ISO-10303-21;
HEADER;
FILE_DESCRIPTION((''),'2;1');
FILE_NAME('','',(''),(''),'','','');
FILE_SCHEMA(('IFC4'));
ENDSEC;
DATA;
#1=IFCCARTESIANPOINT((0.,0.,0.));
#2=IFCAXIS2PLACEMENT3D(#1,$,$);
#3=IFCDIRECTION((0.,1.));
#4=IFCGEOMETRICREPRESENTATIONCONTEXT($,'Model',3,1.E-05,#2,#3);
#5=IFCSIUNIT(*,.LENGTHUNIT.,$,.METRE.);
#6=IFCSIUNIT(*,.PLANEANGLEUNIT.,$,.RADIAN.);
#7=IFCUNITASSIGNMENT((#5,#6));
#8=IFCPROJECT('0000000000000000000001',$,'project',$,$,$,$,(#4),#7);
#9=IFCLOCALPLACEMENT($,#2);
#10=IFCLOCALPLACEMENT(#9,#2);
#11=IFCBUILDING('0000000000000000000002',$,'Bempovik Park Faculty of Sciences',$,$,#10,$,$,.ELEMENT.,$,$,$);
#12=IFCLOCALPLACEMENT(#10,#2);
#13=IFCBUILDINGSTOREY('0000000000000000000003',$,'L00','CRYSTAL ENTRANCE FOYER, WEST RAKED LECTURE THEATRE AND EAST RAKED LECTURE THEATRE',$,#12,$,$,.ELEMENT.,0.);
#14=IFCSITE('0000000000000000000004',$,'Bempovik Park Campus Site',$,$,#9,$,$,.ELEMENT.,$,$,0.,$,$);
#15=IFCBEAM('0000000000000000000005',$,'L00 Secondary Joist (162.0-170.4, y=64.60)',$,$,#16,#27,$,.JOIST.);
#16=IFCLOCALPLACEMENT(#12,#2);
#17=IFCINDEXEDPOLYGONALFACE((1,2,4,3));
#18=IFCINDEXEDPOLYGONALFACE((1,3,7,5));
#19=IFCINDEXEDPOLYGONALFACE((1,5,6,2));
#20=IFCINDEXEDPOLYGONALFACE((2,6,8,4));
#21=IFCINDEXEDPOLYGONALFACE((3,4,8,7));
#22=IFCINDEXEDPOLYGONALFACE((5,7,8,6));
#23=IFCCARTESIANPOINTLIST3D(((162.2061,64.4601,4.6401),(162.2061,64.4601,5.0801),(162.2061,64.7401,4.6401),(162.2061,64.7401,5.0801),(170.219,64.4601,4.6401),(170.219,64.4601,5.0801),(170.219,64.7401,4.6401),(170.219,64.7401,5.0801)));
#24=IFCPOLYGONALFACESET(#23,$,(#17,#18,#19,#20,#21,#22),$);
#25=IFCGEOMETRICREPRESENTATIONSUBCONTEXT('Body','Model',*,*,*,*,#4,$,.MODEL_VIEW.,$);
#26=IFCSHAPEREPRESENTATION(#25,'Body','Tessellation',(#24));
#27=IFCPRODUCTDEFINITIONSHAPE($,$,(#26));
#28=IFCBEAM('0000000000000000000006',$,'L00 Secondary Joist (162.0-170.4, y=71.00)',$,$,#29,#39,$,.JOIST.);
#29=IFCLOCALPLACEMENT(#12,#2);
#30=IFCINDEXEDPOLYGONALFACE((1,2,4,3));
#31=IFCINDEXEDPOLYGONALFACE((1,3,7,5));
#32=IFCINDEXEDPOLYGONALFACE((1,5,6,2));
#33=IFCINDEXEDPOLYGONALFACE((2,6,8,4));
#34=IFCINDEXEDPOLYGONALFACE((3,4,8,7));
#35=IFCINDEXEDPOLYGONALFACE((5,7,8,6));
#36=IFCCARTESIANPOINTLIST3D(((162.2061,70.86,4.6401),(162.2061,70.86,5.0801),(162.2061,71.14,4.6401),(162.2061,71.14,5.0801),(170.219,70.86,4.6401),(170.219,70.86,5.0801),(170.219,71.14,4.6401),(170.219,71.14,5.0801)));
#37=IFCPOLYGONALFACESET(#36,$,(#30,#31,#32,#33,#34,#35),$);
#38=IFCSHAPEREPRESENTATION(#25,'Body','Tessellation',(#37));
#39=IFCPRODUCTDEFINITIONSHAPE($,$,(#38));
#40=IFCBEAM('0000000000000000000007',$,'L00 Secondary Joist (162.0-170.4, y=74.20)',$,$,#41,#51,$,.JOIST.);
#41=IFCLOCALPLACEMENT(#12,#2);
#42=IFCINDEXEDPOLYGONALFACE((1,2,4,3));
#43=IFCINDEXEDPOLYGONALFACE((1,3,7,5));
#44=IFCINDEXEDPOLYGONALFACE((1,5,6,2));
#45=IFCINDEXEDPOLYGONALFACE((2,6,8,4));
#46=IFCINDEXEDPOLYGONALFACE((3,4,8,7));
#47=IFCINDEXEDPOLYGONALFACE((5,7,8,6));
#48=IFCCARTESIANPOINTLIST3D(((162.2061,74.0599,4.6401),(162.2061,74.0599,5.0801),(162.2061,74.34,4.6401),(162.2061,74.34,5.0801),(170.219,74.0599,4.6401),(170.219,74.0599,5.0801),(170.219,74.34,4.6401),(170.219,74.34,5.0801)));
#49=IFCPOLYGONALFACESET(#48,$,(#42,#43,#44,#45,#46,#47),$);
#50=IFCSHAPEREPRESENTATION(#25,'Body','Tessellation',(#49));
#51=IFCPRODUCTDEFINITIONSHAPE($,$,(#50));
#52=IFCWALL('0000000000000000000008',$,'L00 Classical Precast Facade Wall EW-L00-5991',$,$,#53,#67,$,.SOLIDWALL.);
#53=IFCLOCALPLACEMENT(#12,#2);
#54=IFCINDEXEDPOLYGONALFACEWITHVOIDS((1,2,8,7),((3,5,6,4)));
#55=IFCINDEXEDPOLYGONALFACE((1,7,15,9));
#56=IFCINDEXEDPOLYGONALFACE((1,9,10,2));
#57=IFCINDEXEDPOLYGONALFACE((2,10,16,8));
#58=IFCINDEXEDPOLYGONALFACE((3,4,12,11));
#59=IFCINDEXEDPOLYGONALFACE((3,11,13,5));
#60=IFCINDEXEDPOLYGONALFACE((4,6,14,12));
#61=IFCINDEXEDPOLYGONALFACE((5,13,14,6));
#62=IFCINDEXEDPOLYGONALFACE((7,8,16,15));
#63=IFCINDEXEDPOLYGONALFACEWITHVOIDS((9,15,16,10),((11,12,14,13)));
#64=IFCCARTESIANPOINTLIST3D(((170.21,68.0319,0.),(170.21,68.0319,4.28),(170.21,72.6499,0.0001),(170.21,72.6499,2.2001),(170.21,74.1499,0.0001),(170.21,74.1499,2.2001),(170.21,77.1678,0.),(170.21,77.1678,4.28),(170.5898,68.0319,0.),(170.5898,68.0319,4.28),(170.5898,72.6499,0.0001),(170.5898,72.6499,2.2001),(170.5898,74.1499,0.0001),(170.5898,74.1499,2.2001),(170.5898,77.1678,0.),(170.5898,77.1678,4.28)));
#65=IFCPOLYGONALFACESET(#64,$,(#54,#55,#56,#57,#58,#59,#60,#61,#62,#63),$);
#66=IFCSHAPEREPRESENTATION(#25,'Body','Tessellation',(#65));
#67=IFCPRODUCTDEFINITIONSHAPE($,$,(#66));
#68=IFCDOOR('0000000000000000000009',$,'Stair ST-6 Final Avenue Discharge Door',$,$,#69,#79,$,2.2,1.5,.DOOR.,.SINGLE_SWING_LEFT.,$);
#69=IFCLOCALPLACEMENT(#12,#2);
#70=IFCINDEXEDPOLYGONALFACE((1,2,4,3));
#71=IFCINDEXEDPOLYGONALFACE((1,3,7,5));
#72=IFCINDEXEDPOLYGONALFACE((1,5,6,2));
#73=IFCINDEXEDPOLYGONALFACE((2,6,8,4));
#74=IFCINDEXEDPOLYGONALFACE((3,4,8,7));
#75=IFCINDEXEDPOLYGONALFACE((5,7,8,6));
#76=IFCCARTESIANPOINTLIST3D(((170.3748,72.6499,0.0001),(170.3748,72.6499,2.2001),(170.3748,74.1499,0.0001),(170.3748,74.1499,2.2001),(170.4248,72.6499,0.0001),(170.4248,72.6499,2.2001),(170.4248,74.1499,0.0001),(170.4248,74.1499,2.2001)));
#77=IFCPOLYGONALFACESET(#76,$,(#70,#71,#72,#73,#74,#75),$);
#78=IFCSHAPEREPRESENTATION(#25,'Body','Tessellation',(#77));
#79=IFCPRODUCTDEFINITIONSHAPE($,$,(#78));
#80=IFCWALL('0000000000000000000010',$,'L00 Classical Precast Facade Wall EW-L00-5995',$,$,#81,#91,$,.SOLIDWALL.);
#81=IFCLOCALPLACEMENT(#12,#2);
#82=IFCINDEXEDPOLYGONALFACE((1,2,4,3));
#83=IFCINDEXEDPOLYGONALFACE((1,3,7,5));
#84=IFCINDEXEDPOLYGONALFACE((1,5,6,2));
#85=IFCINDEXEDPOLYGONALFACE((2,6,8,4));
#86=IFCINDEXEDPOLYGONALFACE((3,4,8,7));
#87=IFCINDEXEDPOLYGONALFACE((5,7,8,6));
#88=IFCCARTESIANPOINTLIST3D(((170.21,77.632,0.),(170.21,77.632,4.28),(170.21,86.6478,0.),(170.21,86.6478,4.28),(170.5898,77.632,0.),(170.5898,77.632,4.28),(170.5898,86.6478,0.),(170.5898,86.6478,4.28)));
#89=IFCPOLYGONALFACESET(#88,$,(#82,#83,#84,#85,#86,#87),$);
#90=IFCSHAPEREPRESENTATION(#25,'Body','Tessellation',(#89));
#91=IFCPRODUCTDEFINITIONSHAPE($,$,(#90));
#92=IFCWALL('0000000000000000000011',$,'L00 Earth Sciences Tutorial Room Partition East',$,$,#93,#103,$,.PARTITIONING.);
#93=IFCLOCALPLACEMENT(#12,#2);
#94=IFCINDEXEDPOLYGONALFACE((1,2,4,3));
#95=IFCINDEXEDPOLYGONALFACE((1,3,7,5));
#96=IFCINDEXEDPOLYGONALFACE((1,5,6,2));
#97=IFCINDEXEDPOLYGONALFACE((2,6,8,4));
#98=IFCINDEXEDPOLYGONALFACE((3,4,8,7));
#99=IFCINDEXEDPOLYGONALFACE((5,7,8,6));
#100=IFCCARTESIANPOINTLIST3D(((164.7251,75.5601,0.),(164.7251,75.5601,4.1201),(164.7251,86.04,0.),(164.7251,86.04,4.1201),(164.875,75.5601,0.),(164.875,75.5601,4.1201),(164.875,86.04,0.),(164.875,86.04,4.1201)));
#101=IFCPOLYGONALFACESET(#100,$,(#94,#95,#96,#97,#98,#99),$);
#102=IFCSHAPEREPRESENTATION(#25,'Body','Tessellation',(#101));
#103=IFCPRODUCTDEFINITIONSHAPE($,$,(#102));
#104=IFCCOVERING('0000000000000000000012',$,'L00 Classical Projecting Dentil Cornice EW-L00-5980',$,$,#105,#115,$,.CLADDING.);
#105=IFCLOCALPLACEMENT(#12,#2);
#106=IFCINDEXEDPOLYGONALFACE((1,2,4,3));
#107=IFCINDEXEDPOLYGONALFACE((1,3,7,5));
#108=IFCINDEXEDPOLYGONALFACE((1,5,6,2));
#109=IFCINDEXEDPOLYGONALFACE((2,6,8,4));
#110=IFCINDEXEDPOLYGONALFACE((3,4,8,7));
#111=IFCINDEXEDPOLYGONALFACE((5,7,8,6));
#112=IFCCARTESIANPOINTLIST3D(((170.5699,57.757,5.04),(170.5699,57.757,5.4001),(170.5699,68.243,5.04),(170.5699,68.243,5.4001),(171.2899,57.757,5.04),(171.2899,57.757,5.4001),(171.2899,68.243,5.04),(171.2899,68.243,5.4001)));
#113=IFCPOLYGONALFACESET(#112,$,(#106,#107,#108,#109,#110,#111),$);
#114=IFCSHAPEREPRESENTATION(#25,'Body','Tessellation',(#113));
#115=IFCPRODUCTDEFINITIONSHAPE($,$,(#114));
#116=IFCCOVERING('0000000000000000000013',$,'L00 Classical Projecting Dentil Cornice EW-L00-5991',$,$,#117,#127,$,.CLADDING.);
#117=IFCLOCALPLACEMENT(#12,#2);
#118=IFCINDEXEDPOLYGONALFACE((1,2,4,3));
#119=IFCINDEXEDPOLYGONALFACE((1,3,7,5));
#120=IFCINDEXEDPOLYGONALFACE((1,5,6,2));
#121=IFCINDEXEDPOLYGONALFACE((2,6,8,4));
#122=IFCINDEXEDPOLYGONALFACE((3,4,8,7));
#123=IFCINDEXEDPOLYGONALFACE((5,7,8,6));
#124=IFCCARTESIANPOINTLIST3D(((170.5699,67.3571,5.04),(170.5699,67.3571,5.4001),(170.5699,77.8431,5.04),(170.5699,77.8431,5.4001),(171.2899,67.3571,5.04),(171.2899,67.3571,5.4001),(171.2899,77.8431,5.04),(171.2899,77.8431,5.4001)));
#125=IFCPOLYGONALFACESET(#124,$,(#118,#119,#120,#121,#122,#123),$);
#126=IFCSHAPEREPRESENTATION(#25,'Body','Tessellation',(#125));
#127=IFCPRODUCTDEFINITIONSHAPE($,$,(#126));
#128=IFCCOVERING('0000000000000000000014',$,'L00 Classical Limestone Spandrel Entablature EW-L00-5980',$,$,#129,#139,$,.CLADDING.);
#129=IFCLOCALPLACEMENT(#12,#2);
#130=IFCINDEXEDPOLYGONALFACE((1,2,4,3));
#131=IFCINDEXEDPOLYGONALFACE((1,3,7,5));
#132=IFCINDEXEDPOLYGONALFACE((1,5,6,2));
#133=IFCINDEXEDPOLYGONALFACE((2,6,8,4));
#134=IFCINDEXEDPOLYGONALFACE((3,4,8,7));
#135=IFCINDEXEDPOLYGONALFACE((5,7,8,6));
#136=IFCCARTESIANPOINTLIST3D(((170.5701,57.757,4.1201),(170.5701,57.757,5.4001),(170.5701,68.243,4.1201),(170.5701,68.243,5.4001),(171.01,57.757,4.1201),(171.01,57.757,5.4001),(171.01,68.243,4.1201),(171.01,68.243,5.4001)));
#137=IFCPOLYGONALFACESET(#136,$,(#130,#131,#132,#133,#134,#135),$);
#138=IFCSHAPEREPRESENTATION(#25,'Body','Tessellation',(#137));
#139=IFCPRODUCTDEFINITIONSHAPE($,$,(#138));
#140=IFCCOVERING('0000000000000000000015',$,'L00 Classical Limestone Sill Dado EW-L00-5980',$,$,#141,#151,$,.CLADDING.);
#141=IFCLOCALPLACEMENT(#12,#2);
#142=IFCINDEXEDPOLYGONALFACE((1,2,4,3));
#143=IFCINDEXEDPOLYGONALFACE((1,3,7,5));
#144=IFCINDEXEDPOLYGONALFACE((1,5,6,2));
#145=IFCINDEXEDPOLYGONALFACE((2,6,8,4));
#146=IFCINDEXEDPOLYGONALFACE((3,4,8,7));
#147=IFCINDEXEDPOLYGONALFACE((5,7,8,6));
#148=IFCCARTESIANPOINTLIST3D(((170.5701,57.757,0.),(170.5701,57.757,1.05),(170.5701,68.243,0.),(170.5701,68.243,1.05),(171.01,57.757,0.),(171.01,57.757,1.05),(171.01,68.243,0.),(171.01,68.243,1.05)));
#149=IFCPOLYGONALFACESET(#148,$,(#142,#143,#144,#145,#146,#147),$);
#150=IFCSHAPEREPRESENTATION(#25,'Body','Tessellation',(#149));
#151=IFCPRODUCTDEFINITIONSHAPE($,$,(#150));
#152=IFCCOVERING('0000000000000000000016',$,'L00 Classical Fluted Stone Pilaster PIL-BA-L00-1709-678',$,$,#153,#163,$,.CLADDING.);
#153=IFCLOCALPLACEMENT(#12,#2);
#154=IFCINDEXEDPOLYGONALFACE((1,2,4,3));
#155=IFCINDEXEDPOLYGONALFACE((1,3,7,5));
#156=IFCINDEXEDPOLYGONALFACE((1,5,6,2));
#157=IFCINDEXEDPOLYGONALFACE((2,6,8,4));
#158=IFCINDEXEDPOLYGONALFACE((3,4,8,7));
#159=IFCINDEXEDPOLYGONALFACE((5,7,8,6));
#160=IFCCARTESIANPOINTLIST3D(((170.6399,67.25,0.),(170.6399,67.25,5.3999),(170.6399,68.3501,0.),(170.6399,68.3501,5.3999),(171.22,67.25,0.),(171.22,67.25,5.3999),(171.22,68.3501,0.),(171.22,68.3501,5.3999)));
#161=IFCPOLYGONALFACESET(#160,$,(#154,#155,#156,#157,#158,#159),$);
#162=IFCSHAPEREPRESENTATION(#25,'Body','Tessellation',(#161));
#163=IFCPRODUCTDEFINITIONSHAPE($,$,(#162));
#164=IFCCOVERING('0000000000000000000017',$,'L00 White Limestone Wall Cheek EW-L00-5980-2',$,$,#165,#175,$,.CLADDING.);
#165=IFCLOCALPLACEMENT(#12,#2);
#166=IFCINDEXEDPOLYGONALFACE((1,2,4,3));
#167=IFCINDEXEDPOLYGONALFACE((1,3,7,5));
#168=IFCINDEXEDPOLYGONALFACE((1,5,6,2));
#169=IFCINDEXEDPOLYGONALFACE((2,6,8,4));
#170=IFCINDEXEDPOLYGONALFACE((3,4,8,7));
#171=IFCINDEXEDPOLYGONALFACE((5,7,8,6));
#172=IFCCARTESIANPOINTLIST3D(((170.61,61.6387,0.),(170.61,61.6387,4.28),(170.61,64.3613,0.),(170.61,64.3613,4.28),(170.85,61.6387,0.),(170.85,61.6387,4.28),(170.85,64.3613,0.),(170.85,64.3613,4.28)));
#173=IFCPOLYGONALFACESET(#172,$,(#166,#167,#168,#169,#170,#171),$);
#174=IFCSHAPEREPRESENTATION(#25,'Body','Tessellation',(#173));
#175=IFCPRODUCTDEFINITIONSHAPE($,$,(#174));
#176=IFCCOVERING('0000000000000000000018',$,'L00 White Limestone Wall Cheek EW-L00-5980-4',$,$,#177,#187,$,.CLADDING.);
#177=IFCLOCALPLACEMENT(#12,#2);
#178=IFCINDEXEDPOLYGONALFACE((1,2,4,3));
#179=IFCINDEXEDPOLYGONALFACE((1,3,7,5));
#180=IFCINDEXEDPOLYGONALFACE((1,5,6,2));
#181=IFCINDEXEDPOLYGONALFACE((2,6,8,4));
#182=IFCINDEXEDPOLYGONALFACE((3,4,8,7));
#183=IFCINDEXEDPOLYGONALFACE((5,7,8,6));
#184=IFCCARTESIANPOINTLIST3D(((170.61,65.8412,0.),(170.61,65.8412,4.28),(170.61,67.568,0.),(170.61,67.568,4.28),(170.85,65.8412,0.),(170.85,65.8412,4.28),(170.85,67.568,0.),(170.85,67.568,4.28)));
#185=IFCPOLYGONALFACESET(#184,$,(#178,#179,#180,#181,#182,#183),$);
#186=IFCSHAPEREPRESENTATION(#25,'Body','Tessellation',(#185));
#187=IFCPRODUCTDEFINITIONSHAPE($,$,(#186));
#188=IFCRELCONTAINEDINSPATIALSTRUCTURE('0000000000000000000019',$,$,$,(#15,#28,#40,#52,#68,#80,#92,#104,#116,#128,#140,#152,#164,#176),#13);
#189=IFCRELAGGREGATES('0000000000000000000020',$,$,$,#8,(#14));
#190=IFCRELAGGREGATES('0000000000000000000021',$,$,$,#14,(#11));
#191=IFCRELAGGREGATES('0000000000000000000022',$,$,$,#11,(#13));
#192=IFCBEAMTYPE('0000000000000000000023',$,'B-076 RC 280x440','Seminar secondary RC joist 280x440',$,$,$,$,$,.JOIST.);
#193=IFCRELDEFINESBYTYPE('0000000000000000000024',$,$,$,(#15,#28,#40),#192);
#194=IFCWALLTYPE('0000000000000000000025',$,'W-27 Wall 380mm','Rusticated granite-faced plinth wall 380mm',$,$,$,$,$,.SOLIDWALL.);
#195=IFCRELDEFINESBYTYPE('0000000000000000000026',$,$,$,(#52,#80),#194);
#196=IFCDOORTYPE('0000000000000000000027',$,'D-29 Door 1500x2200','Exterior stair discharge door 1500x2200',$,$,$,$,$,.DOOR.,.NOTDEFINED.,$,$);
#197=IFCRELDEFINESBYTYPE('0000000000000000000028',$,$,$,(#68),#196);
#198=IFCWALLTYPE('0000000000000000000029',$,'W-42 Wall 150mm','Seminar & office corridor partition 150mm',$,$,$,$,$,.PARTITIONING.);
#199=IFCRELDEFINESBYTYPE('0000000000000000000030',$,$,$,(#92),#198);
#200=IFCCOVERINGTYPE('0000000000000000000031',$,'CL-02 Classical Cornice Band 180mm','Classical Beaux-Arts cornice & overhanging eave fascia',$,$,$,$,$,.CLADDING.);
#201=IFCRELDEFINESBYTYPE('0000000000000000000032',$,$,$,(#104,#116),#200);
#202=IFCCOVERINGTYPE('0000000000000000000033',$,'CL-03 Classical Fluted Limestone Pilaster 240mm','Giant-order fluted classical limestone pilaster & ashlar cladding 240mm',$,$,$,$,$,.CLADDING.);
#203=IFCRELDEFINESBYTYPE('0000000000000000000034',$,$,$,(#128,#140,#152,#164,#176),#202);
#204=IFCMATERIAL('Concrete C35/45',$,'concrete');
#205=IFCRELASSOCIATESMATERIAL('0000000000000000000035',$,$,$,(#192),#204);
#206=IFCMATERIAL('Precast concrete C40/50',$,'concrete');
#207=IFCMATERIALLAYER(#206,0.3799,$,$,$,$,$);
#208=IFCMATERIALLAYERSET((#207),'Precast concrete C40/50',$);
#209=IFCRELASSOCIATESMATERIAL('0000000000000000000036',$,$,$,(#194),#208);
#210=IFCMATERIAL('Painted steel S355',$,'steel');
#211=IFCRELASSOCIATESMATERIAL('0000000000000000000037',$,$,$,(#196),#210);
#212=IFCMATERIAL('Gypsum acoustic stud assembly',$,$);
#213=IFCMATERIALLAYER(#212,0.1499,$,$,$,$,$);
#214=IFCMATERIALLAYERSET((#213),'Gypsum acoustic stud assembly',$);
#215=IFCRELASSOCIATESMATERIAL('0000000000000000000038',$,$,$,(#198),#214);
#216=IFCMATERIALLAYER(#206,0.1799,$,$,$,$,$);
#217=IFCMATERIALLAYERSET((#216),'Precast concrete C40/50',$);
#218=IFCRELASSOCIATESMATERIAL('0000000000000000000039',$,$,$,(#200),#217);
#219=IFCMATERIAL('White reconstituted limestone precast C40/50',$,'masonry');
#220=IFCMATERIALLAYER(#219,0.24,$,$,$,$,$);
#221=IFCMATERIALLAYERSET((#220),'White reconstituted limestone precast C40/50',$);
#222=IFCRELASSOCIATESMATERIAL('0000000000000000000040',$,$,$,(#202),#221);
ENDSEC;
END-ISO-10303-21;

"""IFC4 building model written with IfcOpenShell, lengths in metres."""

from ifc_helpers import new_model, si_unit, direction, frame, frame_2d, origin, origin_2d, place, context, subcontext, project, spatial, rectangle, extrude, material, layer, layer_set, material_profile, profile_set, type_object, element, fill, save


model = new_model("IFC4")

# Units and contexts
model_context = context("Model", 3, precision=1e-05, world=origin(), true_north=direction((0.0, 1.0)))
body_context = subcontext(model_context, "Body", "Model", "MODEL_VIEW")
ifc_project = project(units=[si_unit("LENGTHUNIT", "METRE"), si_unit("PLANEANGLEUNIT", "RADIAN")], contexts=[model_context])

# Site, building, storey
site_placement = place(None, origin())
site = spatial("IfcSite", under=ifc_project, at=site_placement, Name="Bempovik Park Campus Site", CompositionType="ELEMENT", RefElevation=0.0)
building_placement = place(site_placement, origin())
building = spatial("IfcBuilding", under=site, at=building_placement, Name="Bempovik Park Faculty of Sciences", CompositionType="ELEMENT")
storey_placement = place(building_placement, origin())
storey = spatial("IfcBuildingStorey", under=building, at=storey_placement, Name="L00", Description="CRYSTAL ENTRANCE FOYER, WEST RAKED LECTURE THEATRE AND EAST RAKED LECTURE THEATRE", CompositionType="ELEMENT", Elevation=0.0)

# Shared definitions
ifc_material_1 = material(Name="Concrete C35/45", Category="concrete")

# Beams
ifc_material_profile_1 = material_profile(ifc_material_1, rectangle(XDim=0.28, YDim=0.4399, at=origin_2d()), Name="RC 280x440")
ifc_profile_set_1 = profile_set([ifc_material_profile_1], Name="Concrete C35/45")
beam_type_1 = type_object("IfcBeamType", Name="B-076 RC 280x440", Description="Seminar secondary RC joist 280x440", PredefinedType="JOIST", material=ifc_profile_set_1)
for number, where, z_axis, x_axis, name in (
    (1, (162.2061, 64.6001, 4.8601), (1.0, 0.0, 0.0), (0.0, 1.0, 0.0), "L00 Secondary Joist (162.0-170.4, y=64.60)"),
    (2, (162.2061, 71.0, 4.8601), (1.0, 0.0, 0.0), (0.0, 1.0, 0.0), "L00 Secondary Joist (162.0-170.4, y=71.00)"),
    (3, (162.2061, 74.2, 4.8601), (1.0, 0.0, 0.0), (0.0, 1.0, 0.0), "L00 Secondary Joist (162.0-170.4, y=74.20)"),
):
    element("IfcBeam", number, at=place(storey_placement, frame(where, z_axis=z_axis, x_axis=x_axis)), inside=storey, type_object=beam_type_1, Name=name, PredefinedType="JOIST", context=body_context, shape_type="SweptSolid", body=[
        extrude(rectangle(XDim=0.28, YDim=0.4399, at=origin_2d()), origin(), (0.0, 0.0, 1.0), 8.0129),
    ])

# Wall, opening, door
ifc_material_2 = material(Name="Precast concrete C40/50", Category="concrete")
ifc_layer_1 = layer(ifc_material_2, 0.3799)
ifc_layer_set_1 = layer_set([ifc_layer_1], Name="Precast concrete C40/50")
wall_type_1 = type_object("IfcWallType", Name="W-27 Wall 380mm", Description="Rusticated granite-faced plinth wall 380mm", PredefinedType="SOLIDWALL", material=ifc_layer_set_1)
wall_1_placement = place(storey_placement, frame((170.3999, 68.032, 0.0), z_axis=(0.0, 0.0, 1.0), x_axis=(0.0, 1.0, 0.0)))
wall_1 = element("IfcWall", 4, at=wall_1_placement, inside=storey, type_object=wall_type_1, Name="L00 Classical Precast Facade Wall EW-L00-5991", PredefinedType="SOLIDWALL", context=body_context, shape_type="SweptSolid", body=[
    extrude(rectangle(XDim=9.136, YDim=0.3799, at=frame_2d((4.5679, 0.0))), origin(), (0.0, 0.0, 1.0), 4.28),
])
opening_placement = place(wall_1_placement, frame((4.6179, 0.0, 0.0)))
opening = element("IfcOpeningElement", 5, at=opening_placement, cuts=wall_1, PredefinedType="OPENING", context=body_context, shape_type="SweptSolid", body=[
    extrude(rectangle(XDim=1.5, YDim=2.2, at=frame_2d((0.75, 1.1001))), frame((0.0, 0.2, 0.0), z_axis=(0.0, -1.0, 0.0), x_axis=(1.0, 0.0, 0.0)), (0.0, 0.0, 1.0), 0.3999),
])
ifc_material_3 = material(Name="Painted steel S355", Category="steel")
door_type = type_object("IfcDoorType", Name="D-29 Door 1500x2200", Description="Exterior stair discharge door 1500x2200", OperationType="NOTDEFINED", PredefinedType="DOOR", material=ifc_material_3)
door_placement = place(opening_placement, frame((1.5, 0.0, 0.0), z_axis=(0.0, 0.0, 1.0), x_axis=(-1.0, 0.0, 0.0)))
door = element("IfcDoor", 6, at=door_placement, inside=storey, type_object=door_type, Name="Stair ST-6 Final Avenue Discharge Door", OperationType="SINGLE_SWING_LEFT", OverallHeight=2.2, OverallWidth=1.5, PredefinedType="DOOR", context=body_context, shape_type="SweptSolid", body=[
    extrude(rectangle(XDim=1.5, YDim=2.2, at=frame_2d((0.75, 1.1001))), frame((0.0, 0.0249, 0.0), z_axis=(0.0, -1.0, 0.0), x_axis=(1.0, 0.0, 0.0)), (0.0, 0.0, 1.0), 0.05),
])
fill(opening, door)

# Walls
wall_2_placement = place(storey_placement, frame((170.3999, 77.6321, 0.0), z_axis=(0.0, 0.0, 1.0), x_axis=(0.0, 1.0, 0.0)))
element("IfcWall", 7, at=wall_2_placement, inside=storey, type_object=wall_type_1, Name="L00 Classical Precast Facade Wall EW-L00-5995", PredefinedType="SOLIDWALL", context=body_context, shape_type="SweptSolid", body=[
    extrude(rectangle(XDim=9.0159, YDim=0.3799, at=frame_2d((4.5078, 0.0))), origin(), (0.0, 0.0, 1.0), 4.28),
])
ifc_material_4 = material(Name="Gypsum acoustic stud assembly")
ifc_layer_2 = layer(ifc_material_4, 0.1499)
ifc_layer_set_2 = layer_set([ifc_layer_2], Name="Gypsum acoustic stud assembly")
wall_type_2 = type_object("IfcWallType", Name="W-42 Wall 150mm", Description="Seminar & office corridor partition 150mm", PredefinedType="PARTITIONING", material=ifc_layer_set_2)
wall_3_placement = place(storey_placement, frame((164.8, 75.5601, 0.0), z_axis=(0.0, 0.0, 1.0), x_axis=(0.0, 1.0, 0.0)))
element("IfcWall", 8, at=wall_3_placement, inside=storey, type_object=wall_type_2, Name="L00 Earth Sciences Tutorial Room Partition East", PredefinedType="PARTITIONING", context=body_context, shape_type="SweptSolid", body=[
    extrude(rectangle(XDim=10.48, YDim=0.1499, at=frame_2d((5.24, 0.0))), origin(), (0.0, 0.0, 1.0), 4.1201),
])

# Coverings
ifc_layer_3 = layer(ifc_material_2, 0.1799)
ifc_layer_set_3 = layer_set([ifc_layer_3], Name="Precast concrete C40/50")
covering_type_1 = type_object("IfcCoveringType", Name="CL-02 Classical Cornice Band 180mm", Description="Classical Beaux-Arts cornice & overhanging eave fascia", PredefinedType="CLADDING", material=ifc_layer_set_3)
for number, where, z_axis, x_axis, name in (
    (9, (170.9299, 63.0, 5.04), (0.0, 0.0, 1.0), (1.0, 0.0, 0.0), "L00 Classical Projecting Dentil Cornice EW-L00-5980"),
    (10, (170.9299, 72.6001, 5.04), (0.0, 0.0, 1.0), (1.0, 0.0, 0.0), "L00 Classical Projecting Dentil Cornice EW-L00-5991"),
):
    element("IfcCovering", number, at=place(storey_placement, frame(where, z_axis=z_axis, x_axis=x_axis)), inside=storey, type_object=covering_type_1, Name=name, PredefinedType="CLADDING", context=body_context, shape_type="SweptSolid", body=[
        extrude(rectangle(XDim=0.72, YDim=10.4861, at=origin_2d()), origin(), (0.0, 0.0, 1.0), 0.3601),
    ])
ifc_material_5 = material(Name="White reconstituted limestone precast C40/50", Category="masonry")
ifc_layer_4 = layer(ifc_material_5, 0.24)
ifc_layer_set_4 = layer_set([ifc_layer_4], Name="White reconstituted limestone precast C40/50")
covering_type_2 = type_object("IfcCoveringType", Name="CL-03 Classical Fluted Limestone Pilaster 240mm", Description="Giant-order fluted classical limestone pilaster & ashlar cladding 240mm", PredefinedType="CLADDING", material=ifc_layer_set_4)
covering_1_placement = place(storey_placement, frame((170.79, 63.0, 4.1201), z_axis=(0.0, 0.0, 1.0), x_axis=(1.0, 0.0, 0.0)))
element("IfcCovering", 11, at=covering_1_placement, inside=storey, type_object=covering_type_2, Name="L00 Classical Limestone Spandrel Entablature EW-L00-5980", PredefinedType="CLADDING", context=body_context, shape_type="SweptSolid", body=[
    extrude(rectangle(XDim=0.4399, YDim=10.4861, at=origin_2d()), origin(), (0.0, 0.0, 1.0), 1.28),
])
covering_2_placement = place(storey_placement, frame((170.79, 63.0, 0.0), z_axis=(0.0, 0.0, 1.0), x_axis=(1.0, 0.0, 0.0)))
element("IfcCovering", 12, at=covering_2_placement, inside=storey, type_object=covering_type_2, Name="L00 Classical Limestone Sill Dado EW-L00-5980", PredefinedType="CLADDING", context=body_context, shape_type="SweptSolid", body=[
    extrude(rectangle(XDim=0.4399, YDim=10.4861, at=origin_2d()), origin(), (0.0, 0.0, 1.0), 1.05),
])
covering_3_placement = place(storey_placement, frame((170.9299, 67.8, 0.0), z_axis=(0.0, 0.0, 1.0), x_axis=(1.0, 0.0, 0.0)))
element("IfcCovering", 13, at=covering_3_placement, inside=storey, type_object=covering_type_2, Name="L00 Classical Fluted Stone Pilaster PIL-BA-L00-1709-678", PredefinedType="CLADDING", context=body_context, shape_type="SweptSolid", body=[
    extrude(rectangle(XDim=0.5801, YDim=1.1001, at=origin_2d()), origin(), (0.0, 0.0, 1.0), 5.3999),
])
covering_4_placement = place(storey_placement, frame((170.73, 63.0, 0.0), z_axis=(0.0, 0.0, 1.0), x_axis=(1.0, 0.0, 0.0)))
element("IfcCovering", 14, at=covering_4_placement, inside=storey, type_object=covering_type_2, Name="L00 White Limestone Wall Cheek EW-L00-5980-2", PredefinedType="CLADDING", context=body_context, shape_type="SweptSolid", body=[
    extrude(rectangle(XDim=0.24, YDim=2.7227, at=origin_2d()), origin(), (0.0, 0.0, 1.0), 4.28),
])
covering_5_placement = place(storey_placement, frame((170.73, 66.7046, 0.0), z_axis=(0.0, 0.0, 1.0), x_axis=(1.0, 0.0, 0.0)))
element("IfcCovering", 15, at=covering_5_placement, inside=storey, type_object=covering_type_2, Name="L00 White Limestone Wall Cheek EW-L00-5980-4", PredefinedType="CLADDING", context=body_context, shape_type="SweptSolid", body=[
    extrude(rectangle(XDim=0.24, YDim=1.7268, at=origin_2d()), origin(), (0.0, 0.0, 1.0), 4.28),
])

save(model, "model.ifc")
